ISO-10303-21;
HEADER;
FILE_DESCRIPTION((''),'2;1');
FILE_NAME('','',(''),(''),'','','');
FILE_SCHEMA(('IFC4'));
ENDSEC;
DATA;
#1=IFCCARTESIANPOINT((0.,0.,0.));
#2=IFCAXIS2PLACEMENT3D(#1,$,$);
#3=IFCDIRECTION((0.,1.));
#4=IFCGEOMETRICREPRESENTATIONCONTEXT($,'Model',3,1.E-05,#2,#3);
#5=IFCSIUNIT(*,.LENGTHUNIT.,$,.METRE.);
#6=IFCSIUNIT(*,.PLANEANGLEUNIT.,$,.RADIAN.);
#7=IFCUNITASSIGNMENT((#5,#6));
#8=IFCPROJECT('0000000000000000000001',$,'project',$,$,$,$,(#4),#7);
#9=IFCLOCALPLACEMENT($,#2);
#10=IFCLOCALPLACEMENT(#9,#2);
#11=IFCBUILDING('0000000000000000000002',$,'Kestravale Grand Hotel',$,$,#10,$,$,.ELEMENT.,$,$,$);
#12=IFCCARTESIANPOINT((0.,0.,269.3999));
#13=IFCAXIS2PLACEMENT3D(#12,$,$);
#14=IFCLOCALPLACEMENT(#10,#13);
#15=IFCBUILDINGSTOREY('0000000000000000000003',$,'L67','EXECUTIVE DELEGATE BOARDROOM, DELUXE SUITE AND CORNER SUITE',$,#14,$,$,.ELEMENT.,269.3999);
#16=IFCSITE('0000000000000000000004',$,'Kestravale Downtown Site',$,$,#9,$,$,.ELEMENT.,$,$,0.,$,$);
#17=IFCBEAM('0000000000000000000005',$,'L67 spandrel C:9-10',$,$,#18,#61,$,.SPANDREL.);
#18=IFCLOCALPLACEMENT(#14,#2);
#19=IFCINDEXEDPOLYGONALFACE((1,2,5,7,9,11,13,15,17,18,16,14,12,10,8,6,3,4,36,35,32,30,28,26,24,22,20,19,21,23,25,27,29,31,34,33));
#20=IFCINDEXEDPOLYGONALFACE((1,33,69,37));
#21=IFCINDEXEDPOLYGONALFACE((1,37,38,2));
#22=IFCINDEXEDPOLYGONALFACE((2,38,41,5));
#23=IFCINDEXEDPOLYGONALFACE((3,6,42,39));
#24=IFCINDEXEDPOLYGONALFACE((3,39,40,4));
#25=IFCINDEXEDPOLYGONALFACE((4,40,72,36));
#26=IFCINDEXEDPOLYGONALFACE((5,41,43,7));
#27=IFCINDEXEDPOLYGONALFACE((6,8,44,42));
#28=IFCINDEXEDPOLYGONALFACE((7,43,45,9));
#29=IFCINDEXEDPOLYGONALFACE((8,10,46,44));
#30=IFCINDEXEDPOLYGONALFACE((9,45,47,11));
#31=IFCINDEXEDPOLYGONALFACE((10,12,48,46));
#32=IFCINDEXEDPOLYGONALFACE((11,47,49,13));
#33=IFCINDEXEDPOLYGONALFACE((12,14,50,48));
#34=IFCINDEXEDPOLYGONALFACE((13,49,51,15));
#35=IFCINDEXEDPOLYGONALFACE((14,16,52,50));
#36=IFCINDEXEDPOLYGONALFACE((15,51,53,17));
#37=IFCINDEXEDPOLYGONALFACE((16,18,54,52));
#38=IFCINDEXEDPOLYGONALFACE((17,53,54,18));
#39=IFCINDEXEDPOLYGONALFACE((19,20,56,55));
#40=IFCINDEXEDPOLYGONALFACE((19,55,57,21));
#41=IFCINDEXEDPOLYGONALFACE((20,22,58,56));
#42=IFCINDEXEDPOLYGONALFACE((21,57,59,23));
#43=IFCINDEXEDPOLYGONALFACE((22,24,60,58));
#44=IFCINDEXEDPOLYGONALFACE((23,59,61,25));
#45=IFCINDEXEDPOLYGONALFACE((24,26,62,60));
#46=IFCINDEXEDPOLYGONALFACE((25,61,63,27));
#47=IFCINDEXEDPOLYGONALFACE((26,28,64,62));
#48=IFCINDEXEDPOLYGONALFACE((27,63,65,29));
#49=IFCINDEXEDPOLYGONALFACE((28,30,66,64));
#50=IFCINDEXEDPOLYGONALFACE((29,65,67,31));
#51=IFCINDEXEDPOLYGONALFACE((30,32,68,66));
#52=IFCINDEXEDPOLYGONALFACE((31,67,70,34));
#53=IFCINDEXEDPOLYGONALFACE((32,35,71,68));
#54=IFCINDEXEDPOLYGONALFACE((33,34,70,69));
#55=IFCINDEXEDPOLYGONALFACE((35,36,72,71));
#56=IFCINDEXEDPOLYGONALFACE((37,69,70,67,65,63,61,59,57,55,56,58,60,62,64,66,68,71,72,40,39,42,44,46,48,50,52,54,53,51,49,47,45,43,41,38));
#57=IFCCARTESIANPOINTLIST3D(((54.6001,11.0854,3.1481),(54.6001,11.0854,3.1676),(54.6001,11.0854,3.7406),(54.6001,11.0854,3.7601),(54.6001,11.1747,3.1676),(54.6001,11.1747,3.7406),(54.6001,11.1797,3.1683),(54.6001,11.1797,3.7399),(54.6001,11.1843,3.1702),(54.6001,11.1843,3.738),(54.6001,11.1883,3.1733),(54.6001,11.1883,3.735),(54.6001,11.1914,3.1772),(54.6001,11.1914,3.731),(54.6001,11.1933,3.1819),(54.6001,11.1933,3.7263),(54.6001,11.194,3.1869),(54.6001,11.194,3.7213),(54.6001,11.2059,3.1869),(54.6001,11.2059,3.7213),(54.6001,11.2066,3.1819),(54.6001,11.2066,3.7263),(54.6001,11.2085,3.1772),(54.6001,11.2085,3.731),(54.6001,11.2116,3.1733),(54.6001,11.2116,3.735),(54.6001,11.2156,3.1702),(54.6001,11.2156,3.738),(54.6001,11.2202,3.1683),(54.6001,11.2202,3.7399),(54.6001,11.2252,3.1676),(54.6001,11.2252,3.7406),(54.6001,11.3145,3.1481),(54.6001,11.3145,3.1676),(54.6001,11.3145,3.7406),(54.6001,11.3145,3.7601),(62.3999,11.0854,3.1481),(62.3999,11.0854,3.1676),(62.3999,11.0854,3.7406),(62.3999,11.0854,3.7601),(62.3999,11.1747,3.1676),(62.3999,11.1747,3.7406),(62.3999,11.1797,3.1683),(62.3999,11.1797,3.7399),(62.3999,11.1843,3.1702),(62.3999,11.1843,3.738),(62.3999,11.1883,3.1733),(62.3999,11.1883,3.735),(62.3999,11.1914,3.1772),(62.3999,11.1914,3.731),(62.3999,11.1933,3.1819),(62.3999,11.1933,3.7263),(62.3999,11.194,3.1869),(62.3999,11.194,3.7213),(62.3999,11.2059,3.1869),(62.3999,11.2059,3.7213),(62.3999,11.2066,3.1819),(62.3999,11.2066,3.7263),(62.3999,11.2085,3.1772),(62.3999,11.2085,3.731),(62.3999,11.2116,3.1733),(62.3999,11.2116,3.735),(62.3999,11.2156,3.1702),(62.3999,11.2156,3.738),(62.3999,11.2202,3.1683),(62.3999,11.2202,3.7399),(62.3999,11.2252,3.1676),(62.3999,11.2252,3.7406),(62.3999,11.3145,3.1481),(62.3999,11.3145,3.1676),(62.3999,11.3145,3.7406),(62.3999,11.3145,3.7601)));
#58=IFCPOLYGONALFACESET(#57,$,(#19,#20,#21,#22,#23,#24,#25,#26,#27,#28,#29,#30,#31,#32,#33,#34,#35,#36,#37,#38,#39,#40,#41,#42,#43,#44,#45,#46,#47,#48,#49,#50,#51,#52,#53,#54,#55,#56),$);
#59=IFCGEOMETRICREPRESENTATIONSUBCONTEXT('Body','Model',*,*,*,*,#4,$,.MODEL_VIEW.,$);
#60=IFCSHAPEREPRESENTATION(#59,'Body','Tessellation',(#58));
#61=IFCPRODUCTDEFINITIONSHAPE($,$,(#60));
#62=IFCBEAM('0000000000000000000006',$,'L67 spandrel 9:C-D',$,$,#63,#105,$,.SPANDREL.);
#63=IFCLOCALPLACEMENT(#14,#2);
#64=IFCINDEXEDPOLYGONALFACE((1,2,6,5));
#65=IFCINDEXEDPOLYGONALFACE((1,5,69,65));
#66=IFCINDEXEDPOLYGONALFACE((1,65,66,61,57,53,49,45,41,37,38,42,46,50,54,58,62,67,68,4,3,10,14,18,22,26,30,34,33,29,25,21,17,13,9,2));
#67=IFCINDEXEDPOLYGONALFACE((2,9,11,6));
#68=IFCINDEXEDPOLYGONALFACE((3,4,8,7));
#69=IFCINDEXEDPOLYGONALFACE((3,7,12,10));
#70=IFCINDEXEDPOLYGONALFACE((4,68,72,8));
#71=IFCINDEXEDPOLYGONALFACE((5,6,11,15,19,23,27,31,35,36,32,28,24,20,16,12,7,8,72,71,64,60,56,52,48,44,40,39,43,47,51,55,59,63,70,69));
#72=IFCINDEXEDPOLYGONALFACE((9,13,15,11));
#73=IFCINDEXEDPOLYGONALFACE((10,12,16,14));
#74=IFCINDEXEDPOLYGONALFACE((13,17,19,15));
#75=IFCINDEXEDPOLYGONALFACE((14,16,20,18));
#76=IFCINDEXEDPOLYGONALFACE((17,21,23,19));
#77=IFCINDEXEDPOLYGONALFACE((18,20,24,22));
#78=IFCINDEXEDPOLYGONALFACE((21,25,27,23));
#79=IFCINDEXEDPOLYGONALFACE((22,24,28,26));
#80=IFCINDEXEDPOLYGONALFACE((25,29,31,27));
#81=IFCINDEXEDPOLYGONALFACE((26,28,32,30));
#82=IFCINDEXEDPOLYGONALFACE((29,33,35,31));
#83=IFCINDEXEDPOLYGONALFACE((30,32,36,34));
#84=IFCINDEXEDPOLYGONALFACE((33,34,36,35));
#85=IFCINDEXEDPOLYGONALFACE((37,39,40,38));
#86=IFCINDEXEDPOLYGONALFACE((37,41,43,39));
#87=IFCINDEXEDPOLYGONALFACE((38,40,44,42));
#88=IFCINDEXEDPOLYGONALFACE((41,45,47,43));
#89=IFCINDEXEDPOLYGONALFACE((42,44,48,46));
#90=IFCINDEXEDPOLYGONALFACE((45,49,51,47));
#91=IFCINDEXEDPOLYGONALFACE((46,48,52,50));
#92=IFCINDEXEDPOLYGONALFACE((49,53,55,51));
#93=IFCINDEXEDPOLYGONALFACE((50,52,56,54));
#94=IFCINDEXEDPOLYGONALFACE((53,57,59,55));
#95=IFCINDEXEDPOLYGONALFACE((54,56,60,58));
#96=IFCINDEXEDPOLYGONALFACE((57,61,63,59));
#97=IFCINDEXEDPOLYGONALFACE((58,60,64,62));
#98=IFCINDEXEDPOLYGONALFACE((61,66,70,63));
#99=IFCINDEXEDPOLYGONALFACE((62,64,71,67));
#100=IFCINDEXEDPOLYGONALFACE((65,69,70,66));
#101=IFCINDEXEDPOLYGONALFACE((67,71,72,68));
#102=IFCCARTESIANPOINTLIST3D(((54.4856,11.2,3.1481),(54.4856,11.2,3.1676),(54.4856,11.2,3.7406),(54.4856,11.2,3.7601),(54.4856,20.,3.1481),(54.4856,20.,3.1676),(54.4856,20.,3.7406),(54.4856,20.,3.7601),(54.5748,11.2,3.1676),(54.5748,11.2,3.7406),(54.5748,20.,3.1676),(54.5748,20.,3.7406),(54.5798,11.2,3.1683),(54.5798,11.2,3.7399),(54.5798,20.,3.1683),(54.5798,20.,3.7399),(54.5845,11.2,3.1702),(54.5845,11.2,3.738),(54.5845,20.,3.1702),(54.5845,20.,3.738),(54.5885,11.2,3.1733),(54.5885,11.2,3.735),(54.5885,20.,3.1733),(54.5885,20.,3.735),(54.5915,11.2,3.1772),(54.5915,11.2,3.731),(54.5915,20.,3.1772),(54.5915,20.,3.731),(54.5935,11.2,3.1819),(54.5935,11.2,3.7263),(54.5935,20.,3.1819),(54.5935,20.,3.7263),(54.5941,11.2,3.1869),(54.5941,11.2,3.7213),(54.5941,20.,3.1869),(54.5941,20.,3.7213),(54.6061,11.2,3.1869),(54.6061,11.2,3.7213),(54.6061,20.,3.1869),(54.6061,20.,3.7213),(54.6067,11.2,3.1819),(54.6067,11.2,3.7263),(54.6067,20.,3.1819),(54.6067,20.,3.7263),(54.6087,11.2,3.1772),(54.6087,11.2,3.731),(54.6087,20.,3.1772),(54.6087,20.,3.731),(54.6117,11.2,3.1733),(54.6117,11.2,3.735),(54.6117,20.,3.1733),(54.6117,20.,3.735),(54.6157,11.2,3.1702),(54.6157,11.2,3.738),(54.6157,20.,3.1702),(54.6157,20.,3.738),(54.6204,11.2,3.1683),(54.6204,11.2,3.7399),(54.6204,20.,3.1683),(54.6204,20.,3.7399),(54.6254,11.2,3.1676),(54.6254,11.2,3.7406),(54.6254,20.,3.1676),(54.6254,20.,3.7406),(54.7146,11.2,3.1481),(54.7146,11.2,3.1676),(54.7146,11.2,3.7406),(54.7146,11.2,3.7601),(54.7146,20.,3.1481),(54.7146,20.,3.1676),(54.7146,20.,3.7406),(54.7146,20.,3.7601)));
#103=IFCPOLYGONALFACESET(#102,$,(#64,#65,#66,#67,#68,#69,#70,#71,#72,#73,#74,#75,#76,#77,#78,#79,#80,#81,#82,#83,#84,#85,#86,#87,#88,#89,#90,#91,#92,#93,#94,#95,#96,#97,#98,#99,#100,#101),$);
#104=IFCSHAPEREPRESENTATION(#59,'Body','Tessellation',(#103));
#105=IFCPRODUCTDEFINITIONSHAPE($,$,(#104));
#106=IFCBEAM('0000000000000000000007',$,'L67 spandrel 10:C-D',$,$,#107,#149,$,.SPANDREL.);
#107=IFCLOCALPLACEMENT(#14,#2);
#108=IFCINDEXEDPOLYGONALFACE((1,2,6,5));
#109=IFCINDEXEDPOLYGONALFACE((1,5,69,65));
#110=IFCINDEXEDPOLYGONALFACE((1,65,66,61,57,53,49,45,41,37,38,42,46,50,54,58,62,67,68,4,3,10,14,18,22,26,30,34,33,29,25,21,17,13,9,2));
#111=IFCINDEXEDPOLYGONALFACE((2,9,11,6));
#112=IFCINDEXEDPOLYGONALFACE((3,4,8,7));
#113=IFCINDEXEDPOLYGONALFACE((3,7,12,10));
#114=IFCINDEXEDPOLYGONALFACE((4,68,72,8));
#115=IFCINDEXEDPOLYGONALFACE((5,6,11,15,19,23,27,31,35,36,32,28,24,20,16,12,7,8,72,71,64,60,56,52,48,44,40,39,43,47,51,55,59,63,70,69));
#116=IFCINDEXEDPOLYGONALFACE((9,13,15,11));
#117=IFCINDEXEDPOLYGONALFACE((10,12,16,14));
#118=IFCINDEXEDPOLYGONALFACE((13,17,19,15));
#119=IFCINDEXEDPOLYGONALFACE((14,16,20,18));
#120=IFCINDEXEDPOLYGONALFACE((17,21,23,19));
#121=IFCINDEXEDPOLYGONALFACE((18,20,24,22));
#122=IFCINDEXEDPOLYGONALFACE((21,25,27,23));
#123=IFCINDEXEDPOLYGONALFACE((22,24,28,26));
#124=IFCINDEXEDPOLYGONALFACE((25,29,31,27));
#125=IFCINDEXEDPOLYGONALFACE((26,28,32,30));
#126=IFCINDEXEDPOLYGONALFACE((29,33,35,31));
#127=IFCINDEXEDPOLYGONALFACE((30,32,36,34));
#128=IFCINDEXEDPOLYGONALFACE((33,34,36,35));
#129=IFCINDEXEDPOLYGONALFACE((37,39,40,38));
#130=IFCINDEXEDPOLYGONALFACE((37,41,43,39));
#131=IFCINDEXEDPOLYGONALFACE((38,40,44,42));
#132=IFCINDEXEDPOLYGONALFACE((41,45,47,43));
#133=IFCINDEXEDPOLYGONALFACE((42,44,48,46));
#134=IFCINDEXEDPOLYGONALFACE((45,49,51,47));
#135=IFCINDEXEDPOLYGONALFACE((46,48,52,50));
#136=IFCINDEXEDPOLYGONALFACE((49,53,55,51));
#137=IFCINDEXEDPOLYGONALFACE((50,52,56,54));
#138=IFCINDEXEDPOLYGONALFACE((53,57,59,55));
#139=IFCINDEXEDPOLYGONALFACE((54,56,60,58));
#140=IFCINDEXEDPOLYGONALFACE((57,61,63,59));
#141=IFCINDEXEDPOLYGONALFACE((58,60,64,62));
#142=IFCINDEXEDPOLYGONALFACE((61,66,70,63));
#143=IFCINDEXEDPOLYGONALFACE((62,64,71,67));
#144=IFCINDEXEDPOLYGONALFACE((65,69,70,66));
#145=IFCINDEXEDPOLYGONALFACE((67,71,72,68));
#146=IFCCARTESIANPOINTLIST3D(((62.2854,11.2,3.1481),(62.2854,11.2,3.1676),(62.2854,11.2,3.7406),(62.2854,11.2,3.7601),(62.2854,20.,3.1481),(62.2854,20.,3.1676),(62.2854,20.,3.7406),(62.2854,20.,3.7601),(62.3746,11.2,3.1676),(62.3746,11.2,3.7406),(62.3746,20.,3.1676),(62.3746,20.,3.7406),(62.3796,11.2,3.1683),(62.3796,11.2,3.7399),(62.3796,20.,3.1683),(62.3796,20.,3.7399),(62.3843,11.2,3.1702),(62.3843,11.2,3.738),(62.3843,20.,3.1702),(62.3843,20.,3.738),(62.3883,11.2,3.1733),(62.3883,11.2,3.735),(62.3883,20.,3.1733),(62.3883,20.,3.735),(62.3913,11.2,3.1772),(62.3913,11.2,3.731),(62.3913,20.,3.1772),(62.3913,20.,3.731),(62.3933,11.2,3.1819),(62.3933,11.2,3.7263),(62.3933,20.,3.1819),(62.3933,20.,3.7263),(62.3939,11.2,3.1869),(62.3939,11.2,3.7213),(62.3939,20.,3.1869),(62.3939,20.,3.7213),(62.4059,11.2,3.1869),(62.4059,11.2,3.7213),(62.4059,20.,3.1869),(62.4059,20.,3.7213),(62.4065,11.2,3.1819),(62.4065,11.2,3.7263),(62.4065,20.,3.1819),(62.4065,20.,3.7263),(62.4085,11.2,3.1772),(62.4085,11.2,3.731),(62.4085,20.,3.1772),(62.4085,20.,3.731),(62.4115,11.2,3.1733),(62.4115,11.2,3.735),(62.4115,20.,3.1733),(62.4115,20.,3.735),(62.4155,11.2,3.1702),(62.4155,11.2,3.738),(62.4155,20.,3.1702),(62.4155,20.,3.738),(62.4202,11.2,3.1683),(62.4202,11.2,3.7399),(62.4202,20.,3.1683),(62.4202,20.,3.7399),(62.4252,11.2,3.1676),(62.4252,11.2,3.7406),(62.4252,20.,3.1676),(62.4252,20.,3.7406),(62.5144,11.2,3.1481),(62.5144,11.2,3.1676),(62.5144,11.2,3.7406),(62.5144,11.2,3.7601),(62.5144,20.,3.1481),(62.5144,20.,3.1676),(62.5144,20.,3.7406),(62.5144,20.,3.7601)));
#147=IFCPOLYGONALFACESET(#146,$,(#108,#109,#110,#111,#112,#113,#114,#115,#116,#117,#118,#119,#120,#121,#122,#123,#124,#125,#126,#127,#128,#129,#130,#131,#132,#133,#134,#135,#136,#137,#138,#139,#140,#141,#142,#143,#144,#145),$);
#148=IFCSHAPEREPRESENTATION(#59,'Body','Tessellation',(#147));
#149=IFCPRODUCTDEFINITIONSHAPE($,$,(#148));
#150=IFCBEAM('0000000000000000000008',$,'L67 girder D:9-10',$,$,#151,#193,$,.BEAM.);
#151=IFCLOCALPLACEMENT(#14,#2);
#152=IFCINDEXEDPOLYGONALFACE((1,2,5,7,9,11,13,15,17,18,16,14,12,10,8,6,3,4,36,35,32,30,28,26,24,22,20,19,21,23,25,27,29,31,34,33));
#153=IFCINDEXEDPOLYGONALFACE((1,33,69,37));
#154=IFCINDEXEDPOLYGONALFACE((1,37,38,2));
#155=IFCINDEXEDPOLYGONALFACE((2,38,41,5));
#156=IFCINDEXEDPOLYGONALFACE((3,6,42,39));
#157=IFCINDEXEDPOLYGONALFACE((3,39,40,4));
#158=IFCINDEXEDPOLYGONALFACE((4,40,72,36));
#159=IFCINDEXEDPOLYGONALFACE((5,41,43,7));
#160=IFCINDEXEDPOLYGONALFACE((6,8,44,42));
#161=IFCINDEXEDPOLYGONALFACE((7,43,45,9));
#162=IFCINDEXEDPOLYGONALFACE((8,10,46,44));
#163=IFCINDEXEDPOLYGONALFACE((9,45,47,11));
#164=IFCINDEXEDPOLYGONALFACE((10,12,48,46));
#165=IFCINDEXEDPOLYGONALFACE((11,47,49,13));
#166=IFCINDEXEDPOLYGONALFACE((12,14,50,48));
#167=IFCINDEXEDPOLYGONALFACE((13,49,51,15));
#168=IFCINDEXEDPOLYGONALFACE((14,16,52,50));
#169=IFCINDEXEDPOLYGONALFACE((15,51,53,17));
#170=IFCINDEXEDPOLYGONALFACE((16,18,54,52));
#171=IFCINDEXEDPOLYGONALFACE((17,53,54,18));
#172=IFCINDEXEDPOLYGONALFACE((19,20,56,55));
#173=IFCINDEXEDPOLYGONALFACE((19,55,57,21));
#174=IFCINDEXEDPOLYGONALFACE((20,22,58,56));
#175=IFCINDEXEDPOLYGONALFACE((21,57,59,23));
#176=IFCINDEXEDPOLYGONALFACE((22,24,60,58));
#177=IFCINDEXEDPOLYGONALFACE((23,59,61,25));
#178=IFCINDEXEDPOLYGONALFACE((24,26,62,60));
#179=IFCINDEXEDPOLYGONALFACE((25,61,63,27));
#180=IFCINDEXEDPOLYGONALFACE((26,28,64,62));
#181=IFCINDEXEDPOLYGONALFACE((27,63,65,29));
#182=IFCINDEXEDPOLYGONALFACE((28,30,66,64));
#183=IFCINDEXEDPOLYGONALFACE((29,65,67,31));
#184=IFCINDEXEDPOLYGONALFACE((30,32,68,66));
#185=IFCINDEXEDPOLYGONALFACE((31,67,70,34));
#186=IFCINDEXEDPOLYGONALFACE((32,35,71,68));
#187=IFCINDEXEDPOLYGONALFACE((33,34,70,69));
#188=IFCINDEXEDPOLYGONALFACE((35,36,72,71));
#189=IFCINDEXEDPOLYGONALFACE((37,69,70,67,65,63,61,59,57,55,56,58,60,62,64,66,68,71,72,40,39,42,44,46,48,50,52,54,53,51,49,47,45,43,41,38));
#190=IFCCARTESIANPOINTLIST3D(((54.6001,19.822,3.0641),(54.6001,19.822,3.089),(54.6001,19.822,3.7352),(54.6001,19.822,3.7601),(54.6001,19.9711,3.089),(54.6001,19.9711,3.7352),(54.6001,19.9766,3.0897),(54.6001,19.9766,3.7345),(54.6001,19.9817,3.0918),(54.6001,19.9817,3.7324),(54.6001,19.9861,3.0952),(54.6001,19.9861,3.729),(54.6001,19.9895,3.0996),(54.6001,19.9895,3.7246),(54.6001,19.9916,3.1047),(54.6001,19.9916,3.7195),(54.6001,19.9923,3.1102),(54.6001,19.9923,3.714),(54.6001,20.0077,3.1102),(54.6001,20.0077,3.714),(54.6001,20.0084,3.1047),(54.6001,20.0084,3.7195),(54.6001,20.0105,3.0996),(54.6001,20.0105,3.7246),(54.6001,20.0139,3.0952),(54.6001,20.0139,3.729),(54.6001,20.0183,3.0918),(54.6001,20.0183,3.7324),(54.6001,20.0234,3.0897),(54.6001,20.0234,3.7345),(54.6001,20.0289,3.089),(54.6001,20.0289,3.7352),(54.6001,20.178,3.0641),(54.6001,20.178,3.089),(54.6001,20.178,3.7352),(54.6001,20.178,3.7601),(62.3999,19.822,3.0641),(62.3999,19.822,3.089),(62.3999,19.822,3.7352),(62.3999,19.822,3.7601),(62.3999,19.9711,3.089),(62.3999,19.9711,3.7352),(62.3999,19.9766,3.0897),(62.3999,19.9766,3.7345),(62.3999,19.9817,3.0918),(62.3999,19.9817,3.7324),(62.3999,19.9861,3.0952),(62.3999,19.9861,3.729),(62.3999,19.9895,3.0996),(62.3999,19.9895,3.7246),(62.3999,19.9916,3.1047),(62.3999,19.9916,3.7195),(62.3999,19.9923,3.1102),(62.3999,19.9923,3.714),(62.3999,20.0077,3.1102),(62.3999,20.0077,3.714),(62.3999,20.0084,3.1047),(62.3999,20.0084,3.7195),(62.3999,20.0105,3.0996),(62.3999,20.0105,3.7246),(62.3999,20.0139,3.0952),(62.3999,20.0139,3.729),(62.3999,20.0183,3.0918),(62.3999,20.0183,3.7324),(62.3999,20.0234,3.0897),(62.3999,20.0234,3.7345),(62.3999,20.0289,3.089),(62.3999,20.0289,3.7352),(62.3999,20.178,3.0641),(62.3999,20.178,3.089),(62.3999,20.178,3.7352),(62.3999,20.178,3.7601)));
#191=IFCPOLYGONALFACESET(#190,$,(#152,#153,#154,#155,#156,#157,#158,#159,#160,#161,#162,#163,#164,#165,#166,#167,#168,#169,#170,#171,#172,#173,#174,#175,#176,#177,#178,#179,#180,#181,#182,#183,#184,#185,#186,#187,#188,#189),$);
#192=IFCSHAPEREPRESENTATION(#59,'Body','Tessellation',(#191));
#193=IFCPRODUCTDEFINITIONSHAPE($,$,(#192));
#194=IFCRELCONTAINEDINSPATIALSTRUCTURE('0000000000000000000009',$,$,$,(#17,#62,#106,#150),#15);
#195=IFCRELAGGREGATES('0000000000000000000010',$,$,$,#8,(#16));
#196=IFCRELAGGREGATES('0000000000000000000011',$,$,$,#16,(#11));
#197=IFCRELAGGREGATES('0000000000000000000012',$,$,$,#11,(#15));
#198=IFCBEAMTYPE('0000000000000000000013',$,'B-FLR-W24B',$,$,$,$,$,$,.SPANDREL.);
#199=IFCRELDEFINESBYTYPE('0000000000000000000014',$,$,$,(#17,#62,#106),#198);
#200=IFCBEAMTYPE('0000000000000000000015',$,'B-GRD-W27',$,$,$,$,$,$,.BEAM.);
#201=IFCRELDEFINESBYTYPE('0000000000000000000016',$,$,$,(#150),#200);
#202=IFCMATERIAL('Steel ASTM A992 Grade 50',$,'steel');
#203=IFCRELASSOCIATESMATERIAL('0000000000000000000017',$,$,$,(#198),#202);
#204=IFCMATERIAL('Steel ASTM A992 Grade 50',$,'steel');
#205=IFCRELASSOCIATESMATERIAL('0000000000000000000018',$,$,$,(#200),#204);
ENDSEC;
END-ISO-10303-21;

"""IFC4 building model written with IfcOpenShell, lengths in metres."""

from ifc_helpers import new_model, si_unit, direction, frame, origin, origin_2d, place, context, subcontext, project, spatial, i_section, extrude, material, material_profile, profile_set, type_object, element, save


model = new_model("IFC4")

# Units and contexts
model_context = context("Model", 3, precision=1e-05, world=origin(), true_north=direction((0.0, 1.0)))
body_context = subcontext(model_context, "Body", "Model", "MODEL_VIEW")
ifc_project = project(units=[si_unit("LENGTHUNIT", "METRE"), si_unit("PLANEANGLEUNIT", "RADIAN")], contexts=[model_context])

# Site, building, storey
site_placement = place(None, origin())
site = spatial("IfcSite", under=ifc_project, at=site_placement, Name="Kestravale Downtown Site", CompositionType="ELEMENT", RefElevation=0.0)
building_placement = place(site_placement, origin())
building = spatial("IfcBuilding", under=site, at=building_placement, Name="Kestravale Grand Hotel", CompositionType="ELEMENT")
storey_placement = place(building_placement, frame((0.0, 0.0, 269.3999)))
storey = spatial("IfcBuildingStorey", under=building, at=storey_placement, Name="L67", Description="EXECUTIVE DELEGATE BOARDROOM, DELUXE SUITE AND CORNER SUITE", CompositionType="ELEMENT", Elevation=269.3999)

# Beams
ifc_material_1 = material(Name="Steel ASTM A992 Grade 50", Category="steel")
ifc_material_profile_1 = material_profile(ifc_material_1, i_section(OverallWidth=0.229, OverallDepth=0.6121, WebThickness=0.012, FlangeThickness=0.0195, FilletRadius=0.0193, at=origin_2d()))
ifc_profile_set_1 = profile_set([ifc_material_profile_1], Name="Steel ASTM A992 Grade 50")
beam_type_1 = type_object("IfcBeamType", Name="B-FLR-W24B", PredefinedType="SPANDREL", material=ifc_profile_set_1)
beam_1_placement = place(storey_placement, frame((54.6001, 11.2, 3.4541), z_axis=(1.0, 0.0, 0.0), x_axis=(0.0, 1.0, 0.0)))
element("IfcBeam", 1, at=beam_1_placement, inside=storey, type_object=beam_type_1, Name="L67 spandrel C:9-10", PredefinedType="SPANDREL", context=body_context, shape_type="SweptSolid", body=[
    extrude(i_section(OverallWidth=0.229, OverallDepth=0.6121, WebThickness=0.012, FlangeThickness=0.0195, FilletRadius=0.0193, at=origin_2d()), origin(), (0.0, 0.0, 1.0), 7.7998),
])
for number, where, z_axis, x_axis, name in (
    (2, (54.6001, 11.2, 3.4541), (0.0, 1.0, 0.0), (-1.0, 0.0, 0.0), "L67 spandrel 9:C-D"),
    (3, (62.3999, 11.2, 3.4541), (0.0, 1.0, 0.0), (-1.0, 0.0, 0.0), "L67 spandrel 10:C-D"),
):
    element("IfcBeam", number, at=place(storey_placement, frame(where, z_axis=z_axis, x_axis=x_axis)), inside=storey, type_object=beam_type_1, Name=name, PredefinedType="SPANDREL", context=body_context, shape_type="SweptSolid", body=[
        extrude(i_section(OverallWidth=0.229, OverallDepth=0.6121, WebThickness=0.012, FlangeThickness=0.0195, FilletRadius=0.0193, at=origin_2d()), origin(), (0.0, 0.0, 1.0), 8.8),
    ])
ifc_material_2 = material(Name="Steel ASTM A992 Grade 50", Category="steel")
ifc_material_profile_2 = material_profile(ifc_material_2, i_section(OverallWidth=0.356, OverallDepth=0.696, WebThickness=0.0154, FlangeThickness=0.0249, FilletRadius=0.0212, at=origin_2d()))
ifc_profile_set_2 = profile_set([ifc_material_profile_2], Name="Steel ASTM A992 Grade 50")
beam_type_2 = type_object("IfcBeamType", Name="B-GRD-W27", PredefinedType="BEAM", material=ifc_profile_set_2)
beam_2_placement = place(storey_placement, frame((54.6001, 20.0, 3.4121), z_axis=(1.0, 0.0, 0.0), x_axis=(0.0, 1.0, 0.0)))
element("IfcBeam", 4, at=beam_2_placement, inside=storey, type_object=beam_type_2, Name="L67 girder D:9-10", PredefinedType="BEAM", context=body_context, shape_type="SweptSolid", body=[
    extrude(i_section(OverallWidth=0.356, OverallDepth=0.696, WebThickness=0.0154, FlangeThickness=0.0249, FilletRadius=0.0212, at=origin_2d()), origin(), (0.0, 0.0, 1.0), 7.7998),
])

save(model, "model.ifc")
